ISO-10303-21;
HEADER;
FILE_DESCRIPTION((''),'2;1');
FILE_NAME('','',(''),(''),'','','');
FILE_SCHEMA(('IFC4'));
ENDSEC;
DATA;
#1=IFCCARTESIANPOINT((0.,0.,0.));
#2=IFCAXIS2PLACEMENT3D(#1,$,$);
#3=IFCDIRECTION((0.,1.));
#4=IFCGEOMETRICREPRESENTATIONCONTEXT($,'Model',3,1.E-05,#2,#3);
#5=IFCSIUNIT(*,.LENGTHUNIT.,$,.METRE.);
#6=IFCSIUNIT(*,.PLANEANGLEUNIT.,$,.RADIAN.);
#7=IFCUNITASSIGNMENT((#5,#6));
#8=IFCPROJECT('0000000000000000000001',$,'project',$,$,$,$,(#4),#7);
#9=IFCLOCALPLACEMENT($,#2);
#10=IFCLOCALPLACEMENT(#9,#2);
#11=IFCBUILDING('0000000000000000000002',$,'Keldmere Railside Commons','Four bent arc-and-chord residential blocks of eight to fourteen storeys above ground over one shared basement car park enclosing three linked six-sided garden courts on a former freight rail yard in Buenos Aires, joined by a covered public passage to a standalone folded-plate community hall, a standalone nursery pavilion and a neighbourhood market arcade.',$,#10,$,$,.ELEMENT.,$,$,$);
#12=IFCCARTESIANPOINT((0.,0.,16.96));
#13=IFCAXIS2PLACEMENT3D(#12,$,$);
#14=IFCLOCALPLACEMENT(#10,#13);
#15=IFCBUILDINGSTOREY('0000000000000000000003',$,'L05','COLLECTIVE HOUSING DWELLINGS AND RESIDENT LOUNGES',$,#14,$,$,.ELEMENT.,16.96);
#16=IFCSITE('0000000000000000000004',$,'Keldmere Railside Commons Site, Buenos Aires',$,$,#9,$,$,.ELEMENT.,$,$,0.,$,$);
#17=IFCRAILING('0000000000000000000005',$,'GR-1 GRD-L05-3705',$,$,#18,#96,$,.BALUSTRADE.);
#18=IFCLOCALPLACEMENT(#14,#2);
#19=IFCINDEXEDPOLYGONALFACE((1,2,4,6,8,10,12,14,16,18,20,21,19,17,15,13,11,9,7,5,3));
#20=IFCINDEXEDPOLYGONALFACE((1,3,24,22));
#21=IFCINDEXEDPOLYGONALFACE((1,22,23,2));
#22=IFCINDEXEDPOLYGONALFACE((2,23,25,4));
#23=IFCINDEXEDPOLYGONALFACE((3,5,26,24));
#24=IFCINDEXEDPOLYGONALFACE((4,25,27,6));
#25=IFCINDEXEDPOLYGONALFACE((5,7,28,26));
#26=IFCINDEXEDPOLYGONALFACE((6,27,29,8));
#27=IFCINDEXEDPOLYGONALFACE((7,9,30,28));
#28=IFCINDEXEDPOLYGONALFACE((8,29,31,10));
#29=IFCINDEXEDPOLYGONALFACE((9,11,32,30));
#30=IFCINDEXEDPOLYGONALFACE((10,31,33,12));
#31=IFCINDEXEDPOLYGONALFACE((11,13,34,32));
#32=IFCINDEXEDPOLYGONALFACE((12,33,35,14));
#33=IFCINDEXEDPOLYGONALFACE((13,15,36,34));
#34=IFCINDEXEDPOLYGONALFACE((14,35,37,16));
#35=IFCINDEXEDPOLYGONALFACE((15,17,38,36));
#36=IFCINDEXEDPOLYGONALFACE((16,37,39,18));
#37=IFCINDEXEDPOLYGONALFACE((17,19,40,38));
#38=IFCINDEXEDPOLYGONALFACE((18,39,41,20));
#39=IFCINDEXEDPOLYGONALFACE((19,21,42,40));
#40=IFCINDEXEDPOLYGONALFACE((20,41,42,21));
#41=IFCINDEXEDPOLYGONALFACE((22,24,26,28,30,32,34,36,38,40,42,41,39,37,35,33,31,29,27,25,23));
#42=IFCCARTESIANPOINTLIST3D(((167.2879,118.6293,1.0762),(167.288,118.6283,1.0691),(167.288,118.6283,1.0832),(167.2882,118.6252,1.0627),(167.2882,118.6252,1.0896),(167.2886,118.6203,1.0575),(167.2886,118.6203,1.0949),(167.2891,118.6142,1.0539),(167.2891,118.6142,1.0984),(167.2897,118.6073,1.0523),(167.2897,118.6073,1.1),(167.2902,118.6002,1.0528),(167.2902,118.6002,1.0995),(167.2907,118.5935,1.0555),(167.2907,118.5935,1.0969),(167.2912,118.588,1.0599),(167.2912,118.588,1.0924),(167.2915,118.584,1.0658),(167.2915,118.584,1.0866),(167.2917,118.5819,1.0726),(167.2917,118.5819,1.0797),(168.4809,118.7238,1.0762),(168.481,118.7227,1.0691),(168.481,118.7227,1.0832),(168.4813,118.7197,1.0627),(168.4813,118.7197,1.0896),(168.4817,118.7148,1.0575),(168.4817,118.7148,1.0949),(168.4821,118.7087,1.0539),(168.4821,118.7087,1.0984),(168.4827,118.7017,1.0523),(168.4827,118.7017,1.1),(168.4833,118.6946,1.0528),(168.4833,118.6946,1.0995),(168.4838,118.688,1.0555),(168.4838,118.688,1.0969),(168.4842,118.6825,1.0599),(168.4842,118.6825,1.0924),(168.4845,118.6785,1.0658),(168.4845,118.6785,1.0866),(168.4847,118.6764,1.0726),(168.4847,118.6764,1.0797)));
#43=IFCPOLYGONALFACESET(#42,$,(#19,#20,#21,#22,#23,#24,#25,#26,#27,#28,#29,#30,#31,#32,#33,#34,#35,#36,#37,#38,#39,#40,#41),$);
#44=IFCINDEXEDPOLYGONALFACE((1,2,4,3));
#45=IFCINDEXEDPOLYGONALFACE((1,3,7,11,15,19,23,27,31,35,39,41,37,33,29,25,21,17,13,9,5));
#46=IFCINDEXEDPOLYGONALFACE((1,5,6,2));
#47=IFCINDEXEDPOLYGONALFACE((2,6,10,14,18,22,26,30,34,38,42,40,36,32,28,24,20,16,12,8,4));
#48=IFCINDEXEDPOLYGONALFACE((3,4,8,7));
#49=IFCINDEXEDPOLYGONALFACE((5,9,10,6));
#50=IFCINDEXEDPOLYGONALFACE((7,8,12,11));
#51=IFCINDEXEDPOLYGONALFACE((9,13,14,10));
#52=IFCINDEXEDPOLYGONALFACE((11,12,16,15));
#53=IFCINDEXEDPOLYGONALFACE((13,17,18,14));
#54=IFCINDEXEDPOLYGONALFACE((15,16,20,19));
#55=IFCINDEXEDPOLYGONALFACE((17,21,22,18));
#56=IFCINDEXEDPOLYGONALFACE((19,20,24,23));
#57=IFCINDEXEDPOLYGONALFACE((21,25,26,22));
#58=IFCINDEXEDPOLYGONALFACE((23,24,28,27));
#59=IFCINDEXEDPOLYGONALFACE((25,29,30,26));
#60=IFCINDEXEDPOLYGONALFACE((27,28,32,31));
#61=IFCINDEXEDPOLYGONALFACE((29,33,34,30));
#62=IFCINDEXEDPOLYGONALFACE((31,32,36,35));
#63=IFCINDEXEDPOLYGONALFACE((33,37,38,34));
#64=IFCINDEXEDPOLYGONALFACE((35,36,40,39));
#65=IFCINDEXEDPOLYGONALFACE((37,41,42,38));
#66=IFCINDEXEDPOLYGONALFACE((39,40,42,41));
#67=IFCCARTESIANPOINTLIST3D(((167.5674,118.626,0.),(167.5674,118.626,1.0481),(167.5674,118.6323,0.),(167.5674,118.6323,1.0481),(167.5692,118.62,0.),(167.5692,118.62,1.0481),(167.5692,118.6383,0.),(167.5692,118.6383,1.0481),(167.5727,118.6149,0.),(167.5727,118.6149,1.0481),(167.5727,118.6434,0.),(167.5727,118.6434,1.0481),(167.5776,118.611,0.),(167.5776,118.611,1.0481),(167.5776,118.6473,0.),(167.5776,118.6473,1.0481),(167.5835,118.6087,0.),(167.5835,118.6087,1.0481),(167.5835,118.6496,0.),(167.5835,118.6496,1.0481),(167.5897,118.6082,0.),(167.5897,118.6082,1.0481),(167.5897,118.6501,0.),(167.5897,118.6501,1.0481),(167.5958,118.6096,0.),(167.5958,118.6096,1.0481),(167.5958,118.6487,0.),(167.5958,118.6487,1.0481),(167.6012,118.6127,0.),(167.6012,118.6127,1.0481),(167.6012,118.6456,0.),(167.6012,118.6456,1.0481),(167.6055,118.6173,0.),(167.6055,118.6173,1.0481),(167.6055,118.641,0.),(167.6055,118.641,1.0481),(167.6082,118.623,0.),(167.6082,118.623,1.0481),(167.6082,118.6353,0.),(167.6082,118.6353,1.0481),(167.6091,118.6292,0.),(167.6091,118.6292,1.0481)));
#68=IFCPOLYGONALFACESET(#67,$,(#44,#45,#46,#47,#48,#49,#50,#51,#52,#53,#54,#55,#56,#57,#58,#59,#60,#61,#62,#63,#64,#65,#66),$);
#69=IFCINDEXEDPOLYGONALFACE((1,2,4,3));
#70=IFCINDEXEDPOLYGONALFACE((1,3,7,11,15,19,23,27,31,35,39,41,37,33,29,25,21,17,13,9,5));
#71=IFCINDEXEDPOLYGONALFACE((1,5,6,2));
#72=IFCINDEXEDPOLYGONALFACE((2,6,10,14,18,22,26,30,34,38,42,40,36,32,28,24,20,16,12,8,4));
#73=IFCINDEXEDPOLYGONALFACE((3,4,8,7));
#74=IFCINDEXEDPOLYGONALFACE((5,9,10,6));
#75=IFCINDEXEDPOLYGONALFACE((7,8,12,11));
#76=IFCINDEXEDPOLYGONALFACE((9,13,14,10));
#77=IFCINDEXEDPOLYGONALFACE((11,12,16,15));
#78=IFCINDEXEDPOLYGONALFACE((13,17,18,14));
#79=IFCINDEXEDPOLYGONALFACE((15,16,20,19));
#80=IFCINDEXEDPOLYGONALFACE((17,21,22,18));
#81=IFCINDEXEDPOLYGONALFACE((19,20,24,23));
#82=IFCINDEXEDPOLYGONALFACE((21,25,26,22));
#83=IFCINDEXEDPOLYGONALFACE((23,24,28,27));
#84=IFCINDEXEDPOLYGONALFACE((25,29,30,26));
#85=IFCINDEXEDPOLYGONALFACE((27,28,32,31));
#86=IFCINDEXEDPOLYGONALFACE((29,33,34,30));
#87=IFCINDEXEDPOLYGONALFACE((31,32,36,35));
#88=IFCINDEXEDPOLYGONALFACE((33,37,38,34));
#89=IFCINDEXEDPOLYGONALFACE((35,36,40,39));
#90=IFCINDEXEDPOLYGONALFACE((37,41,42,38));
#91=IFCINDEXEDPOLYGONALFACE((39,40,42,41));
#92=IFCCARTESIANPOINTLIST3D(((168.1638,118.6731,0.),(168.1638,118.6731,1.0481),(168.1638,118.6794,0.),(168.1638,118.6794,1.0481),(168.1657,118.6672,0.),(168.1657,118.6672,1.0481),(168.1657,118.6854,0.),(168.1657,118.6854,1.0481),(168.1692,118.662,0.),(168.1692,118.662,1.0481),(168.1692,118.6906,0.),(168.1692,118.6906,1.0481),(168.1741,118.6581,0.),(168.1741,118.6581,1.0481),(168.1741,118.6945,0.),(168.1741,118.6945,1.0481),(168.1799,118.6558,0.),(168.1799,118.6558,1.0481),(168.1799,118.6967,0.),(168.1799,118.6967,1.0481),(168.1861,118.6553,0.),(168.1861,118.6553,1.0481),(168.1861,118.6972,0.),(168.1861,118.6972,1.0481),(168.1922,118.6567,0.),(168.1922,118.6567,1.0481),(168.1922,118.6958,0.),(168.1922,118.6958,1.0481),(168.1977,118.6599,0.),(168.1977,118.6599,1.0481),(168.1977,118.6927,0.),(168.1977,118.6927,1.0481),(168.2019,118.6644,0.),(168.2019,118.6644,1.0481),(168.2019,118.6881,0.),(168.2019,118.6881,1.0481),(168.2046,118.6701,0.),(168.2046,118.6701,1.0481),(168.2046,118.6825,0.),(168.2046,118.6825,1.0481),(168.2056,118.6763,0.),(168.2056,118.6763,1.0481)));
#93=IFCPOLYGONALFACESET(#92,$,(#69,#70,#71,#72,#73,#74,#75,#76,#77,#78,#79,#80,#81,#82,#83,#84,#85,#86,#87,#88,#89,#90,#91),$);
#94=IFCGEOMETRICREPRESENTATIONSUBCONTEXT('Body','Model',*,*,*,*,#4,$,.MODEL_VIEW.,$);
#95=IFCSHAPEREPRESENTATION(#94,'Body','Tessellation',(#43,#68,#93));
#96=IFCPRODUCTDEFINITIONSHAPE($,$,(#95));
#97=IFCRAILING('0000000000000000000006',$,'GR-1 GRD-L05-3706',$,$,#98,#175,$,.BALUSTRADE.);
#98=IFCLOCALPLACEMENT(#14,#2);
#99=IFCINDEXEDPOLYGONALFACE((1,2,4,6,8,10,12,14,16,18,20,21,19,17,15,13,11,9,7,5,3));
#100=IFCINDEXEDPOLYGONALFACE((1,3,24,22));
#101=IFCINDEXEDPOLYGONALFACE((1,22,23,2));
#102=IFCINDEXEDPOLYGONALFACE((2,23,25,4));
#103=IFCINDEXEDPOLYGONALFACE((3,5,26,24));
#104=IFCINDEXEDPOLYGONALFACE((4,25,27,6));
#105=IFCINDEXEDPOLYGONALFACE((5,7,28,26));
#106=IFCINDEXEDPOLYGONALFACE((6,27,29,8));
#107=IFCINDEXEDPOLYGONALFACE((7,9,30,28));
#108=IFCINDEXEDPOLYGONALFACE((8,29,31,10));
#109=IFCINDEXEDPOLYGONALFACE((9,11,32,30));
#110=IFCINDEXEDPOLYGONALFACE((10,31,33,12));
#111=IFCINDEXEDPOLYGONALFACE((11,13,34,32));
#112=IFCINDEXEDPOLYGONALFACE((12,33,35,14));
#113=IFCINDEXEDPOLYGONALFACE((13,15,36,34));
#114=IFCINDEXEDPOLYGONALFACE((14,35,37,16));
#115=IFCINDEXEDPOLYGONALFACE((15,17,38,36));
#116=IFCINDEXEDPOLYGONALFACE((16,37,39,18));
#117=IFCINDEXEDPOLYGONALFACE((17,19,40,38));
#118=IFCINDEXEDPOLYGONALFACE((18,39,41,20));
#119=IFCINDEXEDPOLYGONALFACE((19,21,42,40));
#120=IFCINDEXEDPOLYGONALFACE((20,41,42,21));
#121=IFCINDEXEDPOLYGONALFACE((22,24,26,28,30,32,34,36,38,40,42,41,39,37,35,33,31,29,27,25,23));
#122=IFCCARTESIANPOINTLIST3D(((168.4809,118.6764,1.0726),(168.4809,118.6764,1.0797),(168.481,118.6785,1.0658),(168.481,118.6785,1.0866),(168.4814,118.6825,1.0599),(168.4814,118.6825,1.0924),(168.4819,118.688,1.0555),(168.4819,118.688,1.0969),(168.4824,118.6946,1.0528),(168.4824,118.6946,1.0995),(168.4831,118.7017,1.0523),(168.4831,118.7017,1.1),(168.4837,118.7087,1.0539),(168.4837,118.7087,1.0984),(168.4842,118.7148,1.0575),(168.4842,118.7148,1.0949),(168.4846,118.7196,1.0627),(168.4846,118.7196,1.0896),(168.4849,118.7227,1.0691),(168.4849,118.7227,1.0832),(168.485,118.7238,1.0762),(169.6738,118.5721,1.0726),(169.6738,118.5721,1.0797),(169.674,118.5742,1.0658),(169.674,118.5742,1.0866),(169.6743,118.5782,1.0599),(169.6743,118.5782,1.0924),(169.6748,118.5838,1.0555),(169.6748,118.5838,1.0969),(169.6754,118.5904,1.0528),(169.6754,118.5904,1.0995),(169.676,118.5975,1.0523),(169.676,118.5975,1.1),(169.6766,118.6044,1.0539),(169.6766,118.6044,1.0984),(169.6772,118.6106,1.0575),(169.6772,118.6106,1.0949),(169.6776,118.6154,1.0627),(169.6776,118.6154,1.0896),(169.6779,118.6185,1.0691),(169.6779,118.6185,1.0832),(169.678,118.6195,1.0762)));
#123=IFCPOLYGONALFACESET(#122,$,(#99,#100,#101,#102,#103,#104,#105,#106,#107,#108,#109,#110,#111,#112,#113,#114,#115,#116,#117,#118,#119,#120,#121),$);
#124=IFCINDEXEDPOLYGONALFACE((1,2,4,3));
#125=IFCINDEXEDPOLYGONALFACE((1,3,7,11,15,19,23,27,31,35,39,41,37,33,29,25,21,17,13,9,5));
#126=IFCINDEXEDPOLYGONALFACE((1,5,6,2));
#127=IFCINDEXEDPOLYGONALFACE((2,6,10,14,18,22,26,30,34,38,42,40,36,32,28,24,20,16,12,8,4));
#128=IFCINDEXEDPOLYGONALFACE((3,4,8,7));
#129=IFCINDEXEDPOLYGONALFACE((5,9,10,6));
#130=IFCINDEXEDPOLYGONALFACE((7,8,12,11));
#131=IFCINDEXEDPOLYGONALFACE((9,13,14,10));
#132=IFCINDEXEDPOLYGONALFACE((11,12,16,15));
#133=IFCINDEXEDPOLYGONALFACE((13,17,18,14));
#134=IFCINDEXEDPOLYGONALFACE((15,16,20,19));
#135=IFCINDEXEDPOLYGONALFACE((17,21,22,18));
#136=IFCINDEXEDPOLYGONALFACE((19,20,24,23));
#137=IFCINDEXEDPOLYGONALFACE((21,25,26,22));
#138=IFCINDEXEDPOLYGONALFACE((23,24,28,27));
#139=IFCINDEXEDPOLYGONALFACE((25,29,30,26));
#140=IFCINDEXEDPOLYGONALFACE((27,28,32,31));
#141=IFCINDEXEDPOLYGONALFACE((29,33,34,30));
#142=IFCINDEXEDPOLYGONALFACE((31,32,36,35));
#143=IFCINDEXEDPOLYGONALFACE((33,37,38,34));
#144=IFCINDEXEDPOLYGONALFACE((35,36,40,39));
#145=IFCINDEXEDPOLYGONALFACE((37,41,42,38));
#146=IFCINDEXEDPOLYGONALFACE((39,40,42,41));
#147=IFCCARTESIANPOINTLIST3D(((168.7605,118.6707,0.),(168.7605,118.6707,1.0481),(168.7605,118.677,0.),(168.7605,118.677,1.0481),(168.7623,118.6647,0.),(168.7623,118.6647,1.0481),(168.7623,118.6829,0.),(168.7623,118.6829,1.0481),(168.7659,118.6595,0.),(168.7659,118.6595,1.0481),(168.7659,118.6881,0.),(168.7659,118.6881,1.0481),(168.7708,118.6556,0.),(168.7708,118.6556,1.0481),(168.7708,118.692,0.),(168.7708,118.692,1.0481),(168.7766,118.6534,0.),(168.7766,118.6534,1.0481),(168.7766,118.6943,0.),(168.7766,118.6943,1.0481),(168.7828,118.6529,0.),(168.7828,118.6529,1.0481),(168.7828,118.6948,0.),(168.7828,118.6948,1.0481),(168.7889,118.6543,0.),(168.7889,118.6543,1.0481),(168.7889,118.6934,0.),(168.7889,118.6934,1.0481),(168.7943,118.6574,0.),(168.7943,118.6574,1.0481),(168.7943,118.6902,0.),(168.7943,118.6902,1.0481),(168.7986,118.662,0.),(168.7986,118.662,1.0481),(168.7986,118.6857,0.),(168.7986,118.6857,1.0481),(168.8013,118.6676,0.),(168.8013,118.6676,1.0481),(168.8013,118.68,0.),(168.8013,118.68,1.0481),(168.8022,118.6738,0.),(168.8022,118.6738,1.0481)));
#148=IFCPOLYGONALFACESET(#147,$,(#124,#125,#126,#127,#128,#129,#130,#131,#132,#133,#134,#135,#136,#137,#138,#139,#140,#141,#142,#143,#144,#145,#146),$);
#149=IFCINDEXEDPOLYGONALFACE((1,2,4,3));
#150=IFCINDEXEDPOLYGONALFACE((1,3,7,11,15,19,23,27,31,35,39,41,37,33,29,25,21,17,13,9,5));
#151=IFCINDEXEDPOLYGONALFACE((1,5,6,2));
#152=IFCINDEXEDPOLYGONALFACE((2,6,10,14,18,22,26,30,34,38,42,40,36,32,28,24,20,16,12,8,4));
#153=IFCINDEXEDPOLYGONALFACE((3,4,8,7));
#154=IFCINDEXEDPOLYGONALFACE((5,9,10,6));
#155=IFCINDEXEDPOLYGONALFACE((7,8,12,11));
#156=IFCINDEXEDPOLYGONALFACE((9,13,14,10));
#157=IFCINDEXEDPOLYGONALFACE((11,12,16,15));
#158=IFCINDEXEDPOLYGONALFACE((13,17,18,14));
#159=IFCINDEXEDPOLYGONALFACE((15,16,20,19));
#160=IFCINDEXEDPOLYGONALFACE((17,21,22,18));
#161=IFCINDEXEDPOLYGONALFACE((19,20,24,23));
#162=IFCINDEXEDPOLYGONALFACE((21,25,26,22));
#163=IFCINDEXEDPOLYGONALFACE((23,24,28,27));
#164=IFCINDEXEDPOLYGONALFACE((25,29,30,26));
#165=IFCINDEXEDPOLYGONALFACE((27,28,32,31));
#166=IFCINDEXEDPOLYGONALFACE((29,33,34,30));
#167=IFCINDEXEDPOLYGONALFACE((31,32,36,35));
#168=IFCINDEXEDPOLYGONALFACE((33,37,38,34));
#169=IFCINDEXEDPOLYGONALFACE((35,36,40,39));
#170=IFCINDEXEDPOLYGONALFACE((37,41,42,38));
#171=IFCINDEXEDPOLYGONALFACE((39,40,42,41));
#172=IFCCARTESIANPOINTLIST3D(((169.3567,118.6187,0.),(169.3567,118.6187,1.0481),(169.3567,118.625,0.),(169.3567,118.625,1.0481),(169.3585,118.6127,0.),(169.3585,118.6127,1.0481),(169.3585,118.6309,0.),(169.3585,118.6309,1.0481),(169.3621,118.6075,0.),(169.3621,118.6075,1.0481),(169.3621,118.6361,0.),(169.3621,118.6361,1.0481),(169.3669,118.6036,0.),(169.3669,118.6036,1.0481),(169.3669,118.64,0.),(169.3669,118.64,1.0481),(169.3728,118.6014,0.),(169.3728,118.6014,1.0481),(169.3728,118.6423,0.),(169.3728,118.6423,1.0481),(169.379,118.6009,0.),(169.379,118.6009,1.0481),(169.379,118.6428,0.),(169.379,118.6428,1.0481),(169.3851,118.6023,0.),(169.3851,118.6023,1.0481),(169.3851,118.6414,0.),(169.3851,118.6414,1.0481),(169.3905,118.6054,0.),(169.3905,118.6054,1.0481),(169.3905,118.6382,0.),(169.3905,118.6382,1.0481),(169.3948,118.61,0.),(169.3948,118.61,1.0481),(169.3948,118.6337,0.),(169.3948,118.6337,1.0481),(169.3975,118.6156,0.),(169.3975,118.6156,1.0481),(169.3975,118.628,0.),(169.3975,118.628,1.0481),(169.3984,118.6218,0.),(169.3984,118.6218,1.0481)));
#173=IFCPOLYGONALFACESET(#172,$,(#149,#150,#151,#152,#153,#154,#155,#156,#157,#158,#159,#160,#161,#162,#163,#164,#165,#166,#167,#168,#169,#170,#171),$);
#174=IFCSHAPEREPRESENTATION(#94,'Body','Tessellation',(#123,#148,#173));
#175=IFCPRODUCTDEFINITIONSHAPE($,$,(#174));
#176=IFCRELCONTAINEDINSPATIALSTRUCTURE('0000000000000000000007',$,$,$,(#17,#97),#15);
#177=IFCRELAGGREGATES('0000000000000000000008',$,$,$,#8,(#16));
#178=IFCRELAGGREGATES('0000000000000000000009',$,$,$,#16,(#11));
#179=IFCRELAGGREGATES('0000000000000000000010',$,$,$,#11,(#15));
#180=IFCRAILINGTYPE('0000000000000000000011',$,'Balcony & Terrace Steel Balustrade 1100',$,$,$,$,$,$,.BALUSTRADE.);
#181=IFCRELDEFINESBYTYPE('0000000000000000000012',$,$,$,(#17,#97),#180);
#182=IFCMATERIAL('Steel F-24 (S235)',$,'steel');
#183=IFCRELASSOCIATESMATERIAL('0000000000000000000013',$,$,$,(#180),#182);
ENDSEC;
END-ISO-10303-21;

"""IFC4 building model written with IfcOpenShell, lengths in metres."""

from ifc_helpers import new_model, si_unit, direction, frame, origin, origin_2d, place, context, subcontext, project, spatial, circle, extrude, material, type_object, element, save


model = new_model("IFC4")

# Units and contexts
model_context = context("Model", 3, precision=1e-05, world=origin(), true_north=direction((0.0, 1.0)))
body_context = subcontext(model_context, "Body", "Model", "MODEL_VIEW")
ifc_project = project(units=[si_unit("LENGTHUNIT", "METRE"), si_unit("PLANEANGLEUNIT", "RADIAN")], contexts=[model_context])

# Site, building, storey
site_placement = place(None, origin())
site = spatial("IfcSite", under=ifc_project, at=site_placement, Name="Keldmere Railside Commons Site, Buenos Aires", CompositionType="ELEMENT", RefElevation=0.0)
building_placement = place(site_placement, origin())
building = spatial("IfcBuilding", under=site, at=building_placement, Name="Keldmere Railside Commons", Description="Four bent arc-and-chord residential blocks of eight to fourteen storeys above ground over one shared basement car park enclosing three linked six-sided garden courts on a former freight rail yard in Buenos Aires, joined by a covered public passage to a standalone folded-plate community hall, a standalone nursery pavilion and a neighbourhood market arcade.", CompositionType="ELEMENT")
storey_placement = place(building_placement, frame((0.0, 0.0, 16.96)))
storey = spatial("IfcBuildingStorey", under=building, at=storey_placement, Name="L05", Description="COLLECTIVE HOUSING DWELLINGS AND RESIDENT LOUNGES", CompositionType="ELEMENT", Elevation=16.96)

# Railings
ifc_material_1 = material(Name="Steel F-24 (S235)", Category="steel")
railing_type = type_object("IfcRailingType", Name="Balcony & Terrace Steel Balustrade 1100", PredefinedType="BALUSTRADE", material=ifc_material_1)
railing_1_placement = place(storey_placement, frame((167.2898, 118.6055, 0.0)))
element("IfcRailing", 1, at=railing_1_placement, inside=storey, type_object=railing_type, Name="GR-1 GRD-L05-3705", PredefinedType="BALUSTRADE", context=body_context, shape_type="SweptSolid", body=[
    extrude(circle(Radius=0.0239, at=origin_2d()), frame((0.0, 0.0, 1.0762), z_axis=(0.996879, 0.078943, 0.0), x_axis=(-0.078943, 0.996879, 0.0)), (0.0, 0.0, 1.0), 1.1968),
    extrude(circle(Radius=0.021, at=origin_2d()), frame((0.2983, 0.0237, 0.0)), (0.0, 0.0, 1.0), 1.0481),
    extrude(circle(Radius=0.021, at=origin_2d()), frame((0.8948, 0.0708, 0.0)), (0.0, 0.0, 1.0), 1.0481),
])
railing_2_placement = place(storey_placement, frame((168.4829, 118.7, 0.0)))
element("IfcRailing", 2, at=railing_2_placement, inside=storey, type_object=railing_type, Name="GR-1 GRD-L05-3706", PredefinedType="BALUSTRADE", context=body_context, shape_type="SweptSolid", body=[
    extrude(circle(Radius=0.0239, at=origin_2d()), frame((0.0, 0.0, 1.0762), z_axis=(0.996203, -0.087061, 0.0), x_axis=(0.087061, 0.996203, 0.0)), (0.0, 0.0, 1.0), 1.1975),
    extrude(circle(Radius=0.021, at=origin_2d()), frame((0.2983, -0.0261, 0.0)), (0.0, 0.0, 1.0), 1.0481),
    extrude(circle(Radius=0.021, at=origin_2d()), frame((0.8945, -0.0781, 0.0)), (0.0, 0.0, 1.0), 1.0481),
])

save(model, "model.ifc")
